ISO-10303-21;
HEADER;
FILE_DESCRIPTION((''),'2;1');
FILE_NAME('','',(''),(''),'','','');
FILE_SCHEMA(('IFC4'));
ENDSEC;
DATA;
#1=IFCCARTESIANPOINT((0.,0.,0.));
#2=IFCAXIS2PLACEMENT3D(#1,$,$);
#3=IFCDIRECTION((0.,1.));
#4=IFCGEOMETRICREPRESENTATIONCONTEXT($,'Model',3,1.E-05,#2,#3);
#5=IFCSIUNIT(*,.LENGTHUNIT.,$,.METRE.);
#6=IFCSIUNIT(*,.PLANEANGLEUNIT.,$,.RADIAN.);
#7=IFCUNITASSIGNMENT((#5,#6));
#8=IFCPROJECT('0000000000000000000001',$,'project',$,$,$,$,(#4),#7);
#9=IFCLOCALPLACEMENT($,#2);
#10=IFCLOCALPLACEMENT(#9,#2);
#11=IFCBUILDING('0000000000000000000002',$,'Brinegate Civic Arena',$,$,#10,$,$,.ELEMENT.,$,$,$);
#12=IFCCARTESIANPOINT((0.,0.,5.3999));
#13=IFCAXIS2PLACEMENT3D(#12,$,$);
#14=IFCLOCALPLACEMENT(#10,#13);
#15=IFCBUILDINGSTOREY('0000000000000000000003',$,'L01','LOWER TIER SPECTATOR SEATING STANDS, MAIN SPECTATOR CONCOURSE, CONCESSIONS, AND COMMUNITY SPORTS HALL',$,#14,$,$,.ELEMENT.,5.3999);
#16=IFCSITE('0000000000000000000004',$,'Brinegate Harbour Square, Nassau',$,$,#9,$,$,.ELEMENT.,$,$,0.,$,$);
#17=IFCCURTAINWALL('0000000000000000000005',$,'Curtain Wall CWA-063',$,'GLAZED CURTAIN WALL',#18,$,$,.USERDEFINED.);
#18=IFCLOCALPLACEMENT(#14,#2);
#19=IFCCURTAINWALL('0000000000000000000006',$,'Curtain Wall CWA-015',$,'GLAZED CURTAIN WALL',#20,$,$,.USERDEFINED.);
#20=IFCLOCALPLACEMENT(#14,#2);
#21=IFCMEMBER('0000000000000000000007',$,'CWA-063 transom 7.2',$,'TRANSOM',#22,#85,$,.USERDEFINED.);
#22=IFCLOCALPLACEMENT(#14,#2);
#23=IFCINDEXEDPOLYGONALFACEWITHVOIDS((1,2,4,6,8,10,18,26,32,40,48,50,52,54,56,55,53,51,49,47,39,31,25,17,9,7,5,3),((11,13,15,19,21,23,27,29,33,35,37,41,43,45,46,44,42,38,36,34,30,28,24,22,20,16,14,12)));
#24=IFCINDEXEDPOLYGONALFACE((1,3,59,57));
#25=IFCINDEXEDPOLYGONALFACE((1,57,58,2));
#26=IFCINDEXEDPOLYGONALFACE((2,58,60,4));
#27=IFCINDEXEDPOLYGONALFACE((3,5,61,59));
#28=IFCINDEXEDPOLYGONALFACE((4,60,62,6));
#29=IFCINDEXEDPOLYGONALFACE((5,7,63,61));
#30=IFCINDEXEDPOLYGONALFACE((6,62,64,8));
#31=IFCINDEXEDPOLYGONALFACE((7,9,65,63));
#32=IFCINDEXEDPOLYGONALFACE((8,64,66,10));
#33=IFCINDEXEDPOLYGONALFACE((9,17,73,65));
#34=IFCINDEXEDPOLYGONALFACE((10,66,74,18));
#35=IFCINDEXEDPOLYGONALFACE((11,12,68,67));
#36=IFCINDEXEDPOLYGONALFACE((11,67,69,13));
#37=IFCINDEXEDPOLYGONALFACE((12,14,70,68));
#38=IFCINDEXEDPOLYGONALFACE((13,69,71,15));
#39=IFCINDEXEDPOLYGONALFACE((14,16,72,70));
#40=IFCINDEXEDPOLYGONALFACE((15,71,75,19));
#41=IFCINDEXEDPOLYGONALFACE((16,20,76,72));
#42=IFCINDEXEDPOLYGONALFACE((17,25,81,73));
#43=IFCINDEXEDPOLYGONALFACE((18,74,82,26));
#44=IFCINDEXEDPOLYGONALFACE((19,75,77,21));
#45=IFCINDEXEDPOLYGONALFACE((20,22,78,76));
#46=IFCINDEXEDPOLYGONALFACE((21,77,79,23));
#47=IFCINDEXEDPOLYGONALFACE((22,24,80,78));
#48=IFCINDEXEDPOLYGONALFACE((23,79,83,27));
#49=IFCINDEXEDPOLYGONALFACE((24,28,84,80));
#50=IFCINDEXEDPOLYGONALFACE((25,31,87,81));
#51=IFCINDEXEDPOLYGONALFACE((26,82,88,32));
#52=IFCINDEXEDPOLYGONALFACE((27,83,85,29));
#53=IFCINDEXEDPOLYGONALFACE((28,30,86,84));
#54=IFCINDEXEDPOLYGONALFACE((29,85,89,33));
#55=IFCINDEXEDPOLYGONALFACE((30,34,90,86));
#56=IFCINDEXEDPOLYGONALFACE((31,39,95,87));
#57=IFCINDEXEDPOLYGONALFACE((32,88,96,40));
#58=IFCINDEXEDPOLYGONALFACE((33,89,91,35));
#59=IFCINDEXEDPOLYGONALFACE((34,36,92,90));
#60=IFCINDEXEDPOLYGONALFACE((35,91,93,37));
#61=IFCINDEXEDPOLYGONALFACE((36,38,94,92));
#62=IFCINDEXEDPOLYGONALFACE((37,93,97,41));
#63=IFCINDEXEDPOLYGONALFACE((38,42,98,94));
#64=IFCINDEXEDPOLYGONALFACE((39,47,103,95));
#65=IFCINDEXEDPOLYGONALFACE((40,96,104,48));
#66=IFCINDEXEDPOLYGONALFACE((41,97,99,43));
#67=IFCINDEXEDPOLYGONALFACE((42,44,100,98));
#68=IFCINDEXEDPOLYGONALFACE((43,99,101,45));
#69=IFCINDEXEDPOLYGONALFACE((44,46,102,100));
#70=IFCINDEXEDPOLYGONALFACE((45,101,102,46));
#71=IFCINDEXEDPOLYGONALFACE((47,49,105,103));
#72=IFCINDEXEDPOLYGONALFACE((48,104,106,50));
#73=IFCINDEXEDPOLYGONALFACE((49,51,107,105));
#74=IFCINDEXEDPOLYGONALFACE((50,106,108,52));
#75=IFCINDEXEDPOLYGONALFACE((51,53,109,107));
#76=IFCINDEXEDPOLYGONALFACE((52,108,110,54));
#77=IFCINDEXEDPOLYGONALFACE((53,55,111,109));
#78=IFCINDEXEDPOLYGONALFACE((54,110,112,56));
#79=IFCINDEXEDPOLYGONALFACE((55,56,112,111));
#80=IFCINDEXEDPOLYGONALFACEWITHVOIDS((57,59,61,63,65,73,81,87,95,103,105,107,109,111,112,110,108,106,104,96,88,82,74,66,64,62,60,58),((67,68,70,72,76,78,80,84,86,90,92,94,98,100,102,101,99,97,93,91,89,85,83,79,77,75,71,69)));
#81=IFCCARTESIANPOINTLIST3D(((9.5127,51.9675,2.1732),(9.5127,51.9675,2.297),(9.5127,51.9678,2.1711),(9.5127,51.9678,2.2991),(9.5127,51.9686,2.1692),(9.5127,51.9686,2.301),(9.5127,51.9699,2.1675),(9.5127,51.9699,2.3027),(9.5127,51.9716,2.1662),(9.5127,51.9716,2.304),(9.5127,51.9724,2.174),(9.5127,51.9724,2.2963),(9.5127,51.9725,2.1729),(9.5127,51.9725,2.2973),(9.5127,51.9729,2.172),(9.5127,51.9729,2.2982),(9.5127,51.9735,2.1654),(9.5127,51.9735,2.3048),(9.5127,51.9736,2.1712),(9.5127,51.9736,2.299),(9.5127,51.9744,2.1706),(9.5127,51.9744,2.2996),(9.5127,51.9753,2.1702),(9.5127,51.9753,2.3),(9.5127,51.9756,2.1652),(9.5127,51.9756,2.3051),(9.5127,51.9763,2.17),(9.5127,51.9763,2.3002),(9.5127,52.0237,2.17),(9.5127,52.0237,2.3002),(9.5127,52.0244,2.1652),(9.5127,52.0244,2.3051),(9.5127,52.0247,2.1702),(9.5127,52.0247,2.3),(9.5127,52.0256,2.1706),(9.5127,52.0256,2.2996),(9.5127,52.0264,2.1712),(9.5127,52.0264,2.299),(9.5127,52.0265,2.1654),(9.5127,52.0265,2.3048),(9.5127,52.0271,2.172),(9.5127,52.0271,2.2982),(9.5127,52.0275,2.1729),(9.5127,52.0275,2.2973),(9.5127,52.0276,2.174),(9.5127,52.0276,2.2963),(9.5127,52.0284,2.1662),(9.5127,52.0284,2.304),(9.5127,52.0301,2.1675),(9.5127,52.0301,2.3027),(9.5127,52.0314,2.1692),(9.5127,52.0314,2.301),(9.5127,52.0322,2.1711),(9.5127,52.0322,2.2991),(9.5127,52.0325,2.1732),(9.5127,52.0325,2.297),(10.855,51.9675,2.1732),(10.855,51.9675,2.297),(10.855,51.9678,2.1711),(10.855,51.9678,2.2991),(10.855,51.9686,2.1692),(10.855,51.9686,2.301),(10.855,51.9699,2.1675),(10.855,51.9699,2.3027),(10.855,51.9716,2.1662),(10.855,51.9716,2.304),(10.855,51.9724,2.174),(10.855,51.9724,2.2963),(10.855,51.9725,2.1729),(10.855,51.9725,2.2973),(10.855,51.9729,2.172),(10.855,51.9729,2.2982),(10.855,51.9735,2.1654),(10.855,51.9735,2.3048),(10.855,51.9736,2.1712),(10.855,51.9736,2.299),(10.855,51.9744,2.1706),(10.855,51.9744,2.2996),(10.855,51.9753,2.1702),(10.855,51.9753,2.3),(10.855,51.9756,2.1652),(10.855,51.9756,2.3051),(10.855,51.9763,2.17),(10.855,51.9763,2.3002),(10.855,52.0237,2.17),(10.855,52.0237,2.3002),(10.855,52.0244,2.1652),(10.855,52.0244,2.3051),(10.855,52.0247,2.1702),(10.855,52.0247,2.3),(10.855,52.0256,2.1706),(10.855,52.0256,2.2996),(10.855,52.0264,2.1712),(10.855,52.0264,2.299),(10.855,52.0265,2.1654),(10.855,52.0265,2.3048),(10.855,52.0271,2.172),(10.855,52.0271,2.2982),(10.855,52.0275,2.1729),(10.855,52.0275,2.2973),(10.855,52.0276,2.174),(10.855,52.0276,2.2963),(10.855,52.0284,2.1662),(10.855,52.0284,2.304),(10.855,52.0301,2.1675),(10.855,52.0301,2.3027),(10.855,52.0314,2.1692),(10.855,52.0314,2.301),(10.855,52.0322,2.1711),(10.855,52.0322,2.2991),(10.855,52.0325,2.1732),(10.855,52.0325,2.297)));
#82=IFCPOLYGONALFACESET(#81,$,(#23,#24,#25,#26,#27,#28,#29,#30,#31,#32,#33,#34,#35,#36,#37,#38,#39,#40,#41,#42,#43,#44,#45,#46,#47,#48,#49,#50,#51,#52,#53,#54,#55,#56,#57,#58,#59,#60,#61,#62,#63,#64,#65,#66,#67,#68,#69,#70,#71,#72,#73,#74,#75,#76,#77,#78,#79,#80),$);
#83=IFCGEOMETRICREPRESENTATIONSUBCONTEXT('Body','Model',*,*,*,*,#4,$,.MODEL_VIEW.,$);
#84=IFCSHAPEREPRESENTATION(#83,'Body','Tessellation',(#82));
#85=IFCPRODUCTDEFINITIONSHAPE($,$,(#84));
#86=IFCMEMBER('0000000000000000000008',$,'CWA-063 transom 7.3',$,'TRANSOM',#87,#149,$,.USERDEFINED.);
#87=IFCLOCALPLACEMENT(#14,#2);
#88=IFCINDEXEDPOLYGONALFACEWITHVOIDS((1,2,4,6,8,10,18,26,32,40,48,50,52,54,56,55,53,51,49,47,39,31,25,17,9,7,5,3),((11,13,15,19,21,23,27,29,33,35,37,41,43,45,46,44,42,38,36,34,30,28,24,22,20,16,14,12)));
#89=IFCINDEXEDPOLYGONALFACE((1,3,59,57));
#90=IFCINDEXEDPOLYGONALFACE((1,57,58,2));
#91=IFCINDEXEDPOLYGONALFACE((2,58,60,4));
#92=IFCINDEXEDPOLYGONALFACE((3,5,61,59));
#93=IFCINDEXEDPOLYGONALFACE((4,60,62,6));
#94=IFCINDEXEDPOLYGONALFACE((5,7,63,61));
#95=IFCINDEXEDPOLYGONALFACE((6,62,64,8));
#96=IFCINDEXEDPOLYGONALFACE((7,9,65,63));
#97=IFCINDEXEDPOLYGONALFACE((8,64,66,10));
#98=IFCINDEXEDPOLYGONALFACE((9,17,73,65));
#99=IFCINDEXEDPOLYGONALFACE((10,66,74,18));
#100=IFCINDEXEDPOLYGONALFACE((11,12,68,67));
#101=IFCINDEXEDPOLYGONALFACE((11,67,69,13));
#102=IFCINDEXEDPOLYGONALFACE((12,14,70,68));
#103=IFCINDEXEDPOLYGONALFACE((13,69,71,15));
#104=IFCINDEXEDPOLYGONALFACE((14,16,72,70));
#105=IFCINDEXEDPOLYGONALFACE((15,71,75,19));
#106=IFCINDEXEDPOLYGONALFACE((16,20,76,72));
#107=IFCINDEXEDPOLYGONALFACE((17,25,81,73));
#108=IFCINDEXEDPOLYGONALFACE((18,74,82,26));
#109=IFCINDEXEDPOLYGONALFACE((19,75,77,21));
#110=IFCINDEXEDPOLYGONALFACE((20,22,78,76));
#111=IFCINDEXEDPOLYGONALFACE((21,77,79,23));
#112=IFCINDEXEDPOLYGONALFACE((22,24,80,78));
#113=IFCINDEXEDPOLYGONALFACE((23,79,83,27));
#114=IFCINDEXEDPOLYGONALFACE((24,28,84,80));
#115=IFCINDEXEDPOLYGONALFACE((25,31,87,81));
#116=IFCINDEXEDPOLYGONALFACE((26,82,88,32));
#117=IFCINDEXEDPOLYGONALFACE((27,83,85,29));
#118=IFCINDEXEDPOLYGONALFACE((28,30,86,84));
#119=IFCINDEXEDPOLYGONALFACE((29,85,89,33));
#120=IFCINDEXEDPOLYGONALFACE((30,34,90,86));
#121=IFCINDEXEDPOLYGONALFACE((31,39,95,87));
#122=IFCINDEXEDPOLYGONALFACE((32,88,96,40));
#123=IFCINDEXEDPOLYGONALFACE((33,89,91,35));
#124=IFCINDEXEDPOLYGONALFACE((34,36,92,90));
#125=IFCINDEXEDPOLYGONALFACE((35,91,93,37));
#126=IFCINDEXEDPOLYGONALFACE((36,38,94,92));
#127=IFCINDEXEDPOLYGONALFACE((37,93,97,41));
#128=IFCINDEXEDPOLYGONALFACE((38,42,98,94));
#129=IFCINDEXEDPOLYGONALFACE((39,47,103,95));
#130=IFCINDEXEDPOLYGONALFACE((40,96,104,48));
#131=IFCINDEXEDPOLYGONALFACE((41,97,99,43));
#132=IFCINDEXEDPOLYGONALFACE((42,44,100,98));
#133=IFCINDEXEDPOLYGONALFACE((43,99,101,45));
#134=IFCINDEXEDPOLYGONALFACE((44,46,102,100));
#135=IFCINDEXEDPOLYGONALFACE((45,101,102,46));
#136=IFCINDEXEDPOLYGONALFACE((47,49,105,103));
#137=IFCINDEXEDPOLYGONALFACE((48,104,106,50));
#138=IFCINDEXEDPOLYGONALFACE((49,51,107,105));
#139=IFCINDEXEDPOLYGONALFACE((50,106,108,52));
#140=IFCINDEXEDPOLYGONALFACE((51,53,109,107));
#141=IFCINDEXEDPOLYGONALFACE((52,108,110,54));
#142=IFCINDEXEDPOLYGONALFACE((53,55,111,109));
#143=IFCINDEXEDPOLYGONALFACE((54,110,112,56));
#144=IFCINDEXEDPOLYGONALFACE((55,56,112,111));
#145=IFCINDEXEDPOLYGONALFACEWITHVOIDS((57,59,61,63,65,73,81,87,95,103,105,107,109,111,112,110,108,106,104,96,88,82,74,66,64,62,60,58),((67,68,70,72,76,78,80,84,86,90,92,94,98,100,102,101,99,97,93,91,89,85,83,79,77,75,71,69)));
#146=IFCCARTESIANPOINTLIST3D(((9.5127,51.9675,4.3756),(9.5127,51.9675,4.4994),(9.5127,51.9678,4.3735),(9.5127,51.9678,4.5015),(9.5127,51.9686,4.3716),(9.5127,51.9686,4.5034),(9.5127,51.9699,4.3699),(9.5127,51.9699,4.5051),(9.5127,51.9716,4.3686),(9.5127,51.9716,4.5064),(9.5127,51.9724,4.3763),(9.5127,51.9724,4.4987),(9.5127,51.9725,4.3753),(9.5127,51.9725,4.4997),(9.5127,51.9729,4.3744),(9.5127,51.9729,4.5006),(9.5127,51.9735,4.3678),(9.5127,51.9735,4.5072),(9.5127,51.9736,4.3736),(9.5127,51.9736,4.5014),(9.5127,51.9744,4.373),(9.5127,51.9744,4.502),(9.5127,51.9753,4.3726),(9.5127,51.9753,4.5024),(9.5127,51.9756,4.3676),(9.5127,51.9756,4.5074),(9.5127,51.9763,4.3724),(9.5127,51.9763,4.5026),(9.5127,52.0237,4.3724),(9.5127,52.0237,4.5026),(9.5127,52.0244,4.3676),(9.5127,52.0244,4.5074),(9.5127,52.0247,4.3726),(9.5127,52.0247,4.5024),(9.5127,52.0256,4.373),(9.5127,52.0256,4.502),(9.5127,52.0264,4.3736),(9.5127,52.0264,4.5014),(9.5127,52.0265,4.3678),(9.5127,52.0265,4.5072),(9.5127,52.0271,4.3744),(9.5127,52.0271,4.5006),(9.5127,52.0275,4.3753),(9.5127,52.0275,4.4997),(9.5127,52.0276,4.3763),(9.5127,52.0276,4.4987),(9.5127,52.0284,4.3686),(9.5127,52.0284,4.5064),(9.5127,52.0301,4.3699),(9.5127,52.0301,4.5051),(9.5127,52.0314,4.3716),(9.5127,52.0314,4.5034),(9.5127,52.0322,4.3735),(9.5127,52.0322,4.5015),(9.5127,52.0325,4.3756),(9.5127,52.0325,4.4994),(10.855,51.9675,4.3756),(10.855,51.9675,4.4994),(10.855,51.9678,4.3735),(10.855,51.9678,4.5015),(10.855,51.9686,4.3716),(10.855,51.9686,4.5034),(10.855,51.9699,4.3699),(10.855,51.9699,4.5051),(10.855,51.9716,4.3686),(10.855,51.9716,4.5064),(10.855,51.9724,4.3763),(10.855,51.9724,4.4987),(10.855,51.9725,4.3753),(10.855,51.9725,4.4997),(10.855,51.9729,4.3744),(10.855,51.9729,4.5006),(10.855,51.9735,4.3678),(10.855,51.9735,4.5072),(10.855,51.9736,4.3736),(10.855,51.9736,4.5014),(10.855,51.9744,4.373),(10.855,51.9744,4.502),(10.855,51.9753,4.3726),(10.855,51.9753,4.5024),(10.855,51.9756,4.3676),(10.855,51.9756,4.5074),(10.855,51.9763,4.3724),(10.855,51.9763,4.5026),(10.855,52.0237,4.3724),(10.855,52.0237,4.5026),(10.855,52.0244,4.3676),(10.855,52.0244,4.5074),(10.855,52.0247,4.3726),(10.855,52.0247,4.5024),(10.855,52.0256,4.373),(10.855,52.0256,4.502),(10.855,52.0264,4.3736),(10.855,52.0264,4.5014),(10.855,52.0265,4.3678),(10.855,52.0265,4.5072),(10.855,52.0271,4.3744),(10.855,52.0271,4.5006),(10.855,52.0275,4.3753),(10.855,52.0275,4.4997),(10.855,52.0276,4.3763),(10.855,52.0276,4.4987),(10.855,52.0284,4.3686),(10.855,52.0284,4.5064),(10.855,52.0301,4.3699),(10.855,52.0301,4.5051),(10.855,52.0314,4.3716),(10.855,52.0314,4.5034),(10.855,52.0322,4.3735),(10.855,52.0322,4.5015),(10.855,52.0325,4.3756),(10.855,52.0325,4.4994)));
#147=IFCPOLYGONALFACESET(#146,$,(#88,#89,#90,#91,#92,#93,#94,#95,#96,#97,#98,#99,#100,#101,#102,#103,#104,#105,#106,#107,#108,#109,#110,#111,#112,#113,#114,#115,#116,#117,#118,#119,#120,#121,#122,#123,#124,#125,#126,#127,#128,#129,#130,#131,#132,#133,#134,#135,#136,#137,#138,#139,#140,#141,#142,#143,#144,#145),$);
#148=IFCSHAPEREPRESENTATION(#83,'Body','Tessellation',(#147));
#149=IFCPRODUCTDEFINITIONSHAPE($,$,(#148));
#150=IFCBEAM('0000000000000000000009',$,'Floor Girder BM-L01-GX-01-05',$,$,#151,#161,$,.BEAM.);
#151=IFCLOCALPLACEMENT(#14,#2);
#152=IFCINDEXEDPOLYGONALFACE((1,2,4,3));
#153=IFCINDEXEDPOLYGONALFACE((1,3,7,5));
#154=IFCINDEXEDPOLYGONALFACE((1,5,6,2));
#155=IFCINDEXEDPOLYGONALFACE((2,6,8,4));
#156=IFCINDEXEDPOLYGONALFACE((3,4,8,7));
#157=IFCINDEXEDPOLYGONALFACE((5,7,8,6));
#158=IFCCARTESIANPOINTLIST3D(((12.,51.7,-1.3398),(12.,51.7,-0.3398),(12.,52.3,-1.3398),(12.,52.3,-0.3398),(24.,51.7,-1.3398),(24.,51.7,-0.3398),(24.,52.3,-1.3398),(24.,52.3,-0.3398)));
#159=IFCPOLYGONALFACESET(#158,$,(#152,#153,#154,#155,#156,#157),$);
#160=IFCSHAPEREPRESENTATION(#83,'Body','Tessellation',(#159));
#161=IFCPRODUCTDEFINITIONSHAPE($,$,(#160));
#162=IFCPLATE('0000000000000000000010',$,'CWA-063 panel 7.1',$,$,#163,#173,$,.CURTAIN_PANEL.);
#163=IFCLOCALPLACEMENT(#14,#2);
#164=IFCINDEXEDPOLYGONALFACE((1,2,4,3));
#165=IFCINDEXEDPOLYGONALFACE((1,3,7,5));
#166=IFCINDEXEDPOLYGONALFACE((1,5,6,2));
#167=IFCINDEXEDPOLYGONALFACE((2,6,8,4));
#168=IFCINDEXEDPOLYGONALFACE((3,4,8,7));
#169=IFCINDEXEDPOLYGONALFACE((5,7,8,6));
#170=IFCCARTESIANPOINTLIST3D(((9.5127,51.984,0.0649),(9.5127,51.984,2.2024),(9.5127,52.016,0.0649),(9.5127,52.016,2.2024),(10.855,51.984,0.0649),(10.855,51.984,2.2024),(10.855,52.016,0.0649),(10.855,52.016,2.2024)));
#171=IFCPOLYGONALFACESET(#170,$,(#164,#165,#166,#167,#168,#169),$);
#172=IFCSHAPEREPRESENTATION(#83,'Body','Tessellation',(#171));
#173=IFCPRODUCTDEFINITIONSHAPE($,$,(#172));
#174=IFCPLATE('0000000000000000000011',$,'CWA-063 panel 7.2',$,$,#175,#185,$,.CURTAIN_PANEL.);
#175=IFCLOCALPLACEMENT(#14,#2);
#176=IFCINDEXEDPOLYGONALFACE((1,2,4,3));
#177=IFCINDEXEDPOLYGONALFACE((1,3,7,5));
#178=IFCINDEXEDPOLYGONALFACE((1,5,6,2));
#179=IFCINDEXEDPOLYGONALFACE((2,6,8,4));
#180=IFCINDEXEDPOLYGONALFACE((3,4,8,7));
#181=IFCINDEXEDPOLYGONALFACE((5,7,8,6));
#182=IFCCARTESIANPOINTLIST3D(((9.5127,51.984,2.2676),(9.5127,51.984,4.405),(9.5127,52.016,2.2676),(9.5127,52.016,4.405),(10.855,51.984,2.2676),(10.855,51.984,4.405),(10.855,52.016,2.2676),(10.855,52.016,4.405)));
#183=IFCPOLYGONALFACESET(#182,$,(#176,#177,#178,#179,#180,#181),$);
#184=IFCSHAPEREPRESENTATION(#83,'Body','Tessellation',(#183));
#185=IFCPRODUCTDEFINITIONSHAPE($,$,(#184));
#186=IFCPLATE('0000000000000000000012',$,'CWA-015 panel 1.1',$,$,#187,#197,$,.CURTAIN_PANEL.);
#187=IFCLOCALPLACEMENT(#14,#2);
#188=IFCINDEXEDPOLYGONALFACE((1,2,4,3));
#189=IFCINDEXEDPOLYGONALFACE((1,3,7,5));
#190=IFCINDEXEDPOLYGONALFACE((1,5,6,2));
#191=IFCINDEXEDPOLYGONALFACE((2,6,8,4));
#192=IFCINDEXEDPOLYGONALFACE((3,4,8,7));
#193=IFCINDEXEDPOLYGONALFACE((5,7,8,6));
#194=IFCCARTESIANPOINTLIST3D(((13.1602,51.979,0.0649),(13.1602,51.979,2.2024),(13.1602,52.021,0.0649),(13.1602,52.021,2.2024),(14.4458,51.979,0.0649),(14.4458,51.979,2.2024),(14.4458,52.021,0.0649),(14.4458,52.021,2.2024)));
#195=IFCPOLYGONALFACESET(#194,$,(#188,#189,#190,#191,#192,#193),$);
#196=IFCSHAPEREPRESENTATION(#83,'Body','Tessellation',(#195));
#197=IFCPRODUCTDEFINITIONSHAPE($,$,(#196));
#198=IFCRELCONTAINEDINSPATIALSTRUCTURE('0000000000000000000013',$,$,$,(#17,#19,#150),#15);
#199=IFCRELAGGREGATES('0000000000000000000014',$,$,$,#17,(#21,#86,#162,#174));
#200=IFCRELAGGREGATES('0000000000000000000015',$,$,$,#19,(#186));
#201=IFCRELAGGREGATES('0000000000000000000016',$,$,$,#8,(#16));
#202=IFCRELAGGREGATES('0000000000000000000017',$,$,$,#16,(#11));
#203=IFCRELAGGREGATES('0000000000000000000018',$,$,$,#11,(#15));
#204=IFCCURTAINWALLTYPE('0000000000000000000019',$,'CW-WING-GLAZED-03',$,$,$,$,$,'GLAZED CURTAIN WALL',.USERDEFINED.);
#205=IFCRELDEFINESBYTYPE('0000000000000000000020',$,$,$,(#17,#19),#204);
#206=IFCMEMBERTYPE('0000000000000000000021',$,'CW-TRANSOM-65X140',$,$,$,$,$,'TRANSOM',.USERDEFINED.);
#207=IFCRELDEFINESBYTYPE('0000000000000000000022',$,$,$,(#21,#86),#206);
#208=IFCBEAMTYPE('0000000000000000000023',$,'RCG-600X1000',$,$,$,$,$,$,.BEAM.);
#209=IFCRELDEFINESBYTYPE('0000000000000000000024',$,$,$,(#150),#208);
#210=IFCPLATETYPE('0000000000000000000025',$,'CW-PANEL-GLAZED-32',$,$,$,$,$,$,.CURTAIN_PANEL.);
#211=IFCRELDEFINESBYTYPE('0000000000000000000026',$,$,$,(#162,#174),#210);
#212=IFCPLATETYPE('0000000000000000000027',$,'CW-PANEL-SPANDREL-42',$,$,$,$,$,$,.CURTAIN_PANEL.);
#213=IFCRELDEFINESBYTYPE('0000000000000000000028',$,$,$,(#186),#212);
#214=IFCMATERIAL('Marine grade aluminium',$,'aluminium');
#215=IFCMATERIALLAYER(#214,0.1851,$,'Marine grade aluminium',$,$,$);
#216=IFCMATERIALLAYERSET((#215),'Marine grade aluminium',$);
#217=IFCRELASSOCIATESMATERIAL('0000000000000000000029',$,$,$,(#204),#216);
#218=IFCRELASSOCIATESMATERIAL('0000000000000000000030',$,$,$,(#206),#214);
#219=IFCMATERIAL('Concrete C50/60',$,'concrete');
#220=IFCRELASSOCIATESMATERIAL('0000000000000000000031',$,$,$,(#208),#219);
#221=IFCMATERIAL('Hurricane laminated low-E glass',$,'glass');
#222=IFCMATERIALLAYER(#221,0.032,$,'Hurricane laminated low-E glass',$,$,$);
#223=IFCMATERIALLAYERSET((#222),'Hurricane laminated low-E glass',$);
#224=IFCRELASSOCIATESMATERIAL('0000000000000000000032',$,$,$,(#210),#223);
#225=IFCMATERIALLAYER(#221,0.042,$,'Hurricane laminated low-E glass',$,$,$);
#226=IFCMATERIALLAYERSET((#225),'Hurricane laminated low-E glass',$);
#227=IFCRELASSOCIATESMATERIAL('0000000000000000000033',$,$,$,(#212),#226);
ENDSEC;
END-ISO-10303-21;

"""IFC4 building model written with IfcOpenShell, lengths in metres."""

from ifc_helpers import new_model, si_unit, direction, frame, origin, origin_2d, place, context, subcontext, project, spatial, rectangle, hollow_rectangle, extrude, material, layer, layer_set, material_profile, profile_set, type_object, element, aggregate, save


model = new_model("IFC4")

# Units and contexts
model_context = context("Model", 3, precision=1e-05, world=origin(), true_north=direction((0.0, 1.0)))
body_context = subcontext(model_context, "Body", "Model", "MODEL_VIEW")
ifc_project = project(units=[si_unit("LENGTHUNIT", "METRE"), si_unit("PLANEANGLEUNIT", "RADIAN")], contexts=[model_context])

# Site, building, storey
site_placement = place(None, origin())
site = spatial("IfcSite", under=ifc_project, at=site_placement, Name="Brinegate Harbour Square, Nassau", CompositionType="ELEMENT", RefElevation=0.0)
building_placement = place(site_placement, origin())
building = spatial("IfcBuilding", under=site, at=building_placement, Name="Brinegate Civic Arena", CompositionType="ELEMENT")
storey_placement = place(building_placement, frame((0.0, 0.0, 5.3999)))
storey = spatial("IfcBuildingStorey", under=building, at=storey_placement, Name="L01", Description="LOWER TIER SPECTATOR SEATING STANDS, MAIN SPECTATOR CONCOURSE, CONCESSIONS, AND COMMUNITY SPORTS HALL", CompositionType="ELEMENT", Elevation=5.3999)

# Shared definitions
ifc_material_1 = material(Name="Concrete C50/60", Category="concrete")

# Curtain wall
ifc_material_2 = material(Name="Marine grade aluminium", Category="aluminium")
ifc_layer_1 = layer(ifc_material_2, 0.1851, Name="Marine grade aluminium")
ifc_layer_set_1 = layer_set([ifc_layer_1], Name="Marine grade aluminium")
curtain_wall_type = type_object("IfcCurtainWallType", Name="CW-WING-GLAZED-03", ElementType="GLAZED CURTAIN WALL", PredefinedType="USERDEFINED", material=ifc_layer_set_1)
curtain_wall_1_placement = place(storey_placement, origin())
curtain_wall_1 = element("IfcCurtainWall", 1, at=curtain_wall_1_placement, inside=storey, type_object=curtain_wall_type, Name="Curtain Wall CWA-063", ObjectType="GLAZED CURTAIN WALL", PredefinedType="USERDEFINED")

# Curtain wall
curtain_wall_2_placement = place(storey_placement, origin())
curtain_wall_2 = element("IfcCurtainWall", 2, at=curtain_wall_2_placement, inside=storey, type_object=curtain_wall_type, Name="Curtain Wall CWA-015", ObjectType="GLAZED CURTAIN WALL", PredefinedType="USERDEFINED")
ifc_material_profile_1 = material_profile(ifc_material_2, hollow_rectangle(XDim=0.0649, YDim=0.1399, WallThickness=0.0049, InnerFilletRadius=0.0039, OuterFilletRadius=0.0081, at=origin_2d()), Name="TRN65X140")
ifc_profile_set_1 = profile_set([ifc_material_profile_1], Name="Marine grade aluminium")
member_type_1 = type_object("IfcMemberType", Name="CW-TRANSOM-65X140", ElementType="TRANSOM", PredefinedType="USERDEFINED", material=ifc_profile_set_1)

# Members
member_1_placement = place(storey_placement, frame((9.5127, 52.0, 2.2351), z_axis=(1.0, 0.0, 0.0), x_axis=(0.0, 1.0, 0.0)))
member_1 = element("IfcMember", 3, at=member_1_placement, type_object=member_type_1, Name="CWA-063 transom 7.2", ObjectType="TRANSOM", PredefinedType="USERDEFINED", context=body_context, shape_type="SweptSolid", body=[
    extrude(hollow_rectangle(XDim=0.0649, YDim=0.1399, WallThickness=0.0049, InnerFilletRadius=0.0039, OuterFilletRadius=0.0081, at=origin_2d()), origin(), (0.0, 0.0, 1.0), 1.3423),
])
member_2_placement = place(storey_placement, frame((9.5127, 52.0, 4.4375), z_axis=(1.0, 0.0, 0.0), x_axis=(0.0, 1.0, 0.0)))
member_2 = element("IfcMember", 4, at=member_2_placement, type_object=member_type_1, Name="CWA-063 transom 7.3", ObjectType="TRANSOM", PredefinedType="USERDEFINED", context=body_context, shape_type="SweptSolid", body=[
    extrude(hollow_rectangle(XDim=0.0649, YDim=0.1399, WallThickness=0.0049, InnerFilletRadius=0.0039, OuterFilletRadius=0.0081, at=origin_2d()), origin(), (0.0, 0.0, 1.0), 1.3423),
])

# Beam
ifc_material_profile_2 = material_profile(ifc_material_1, rectangle(XDim=0.6001, YDim=1.0, at=origin_2d()), Name="RCB600X1000")
ifc_profile_set_2 = profile_set([ifc_material_profile_2], Name="Concrete C50/60")
beam_type = type_object("IfcBeamType", Name="RCG-600X1000", PredefinedType="BEAM", material=ifc_profile_set_2)
beam_placement = place(storey_placement, frame((12.0, 52.0, -0.8398), z_axis=(1.0, 0.0, 0.0), x_axis=(0.0, 1.0, 0.0)))
element("IfcBeam", 5, at=beam_placement, inside=storey, type_object=beam_type, Name="Floor Girder BM-L01-GX-01-05", PredefinedType="BEAM", context=body_context, shape_type="SweptSolid", body=[
    extrude(rectangle(XDim=0.6001, YDim=1.0, at=origin_2d()), origin(), (0.0, 0.0, 1.0), 12.0),
])

# Plates
ifc_material_3 = material(Name="Hurricane laminated low-E glass", Category="glass")
ifc_layer_2 = layer(ifc_material_3, 0.032, Name="Hurricane laminated low-E glass")
ifc_layer_set_2 = layer_set([ifc_layer_2], Name="Hurricane laminated low-E glass")
plate_type_1 = type_object("IfcPlateType", Name="CW-PANEL-GLAZED-32", PredefinedType="CURTAIN_PANEL", material=ifc_layer_set_2)
plate_1_placement = place(storey_placement, frame((10.1838, 52.0, 0.0649), z_axis=(0.0, 0.0, 1.0), x_axis=(1.0, 0.0, 0.0)))
plate_1 = element("IfcPlate", 6, at=plate_1_placement, type_object=plate_type_1, Name="CWA-063 panel 7.1", PredefinedType="CURTAIN_PANEL", context=body_context, shape_type="SweptSolid", body=[
    extrude(rectangle(XDim=1.3423, YDim=0.032, at=origin_2d()), origin(), (0.0, 0.0, 1.0), 2.1375),
])
plate_2_placement = place(storey_placement, frame((10.1838, 52.0, 2.2676), z_axis=(0.0, 0.0, 1.0), x_axis=(1.0, 0.0, 0.0)))
plate_2 = element("IfcPlate", 7, at=plate_2_placement, type_object=plate_type_1, Name="CWA-063 panel 7.2", PredefinedType="CURTAIN_PANEL", context=body_context, shape_type="SweptSolid", body=[
    extrude(rectangle(XDim=1.3423, YDim=0.032, at=origin_2d()), origin(), (0.0, 0.0, 1.0), 2.1375),
])
aggregate(curtain_wall_1, [member_1, member_2, plate_1, plate_2])
ifc_layer_3 = layer(ifc_material_3, 0.042, Name="Hurricane laminated low-E glass")
ifc_layer_set_3 = layer_set([ifc_layer_3], Name="Hurricane laminated low-E glass")
plate_type_2 = type_object("IfcPlateType", Name="CW-PANEL-SPANDREL-42", PredefinedType="CURTAIN_PANEL", material=ifc_layer_set_3)
plate_3_placement = place(storey_placement, frame((13.803, 52.0, 0.0649), z_axis=(0.0, 0.0, 1.0), x_axis=(1.0, 0.0, 0.0)))
plate_3 = element("IfcPlate", 8, at=plate_3_placement, type_object=plate_type_2, Name="CWA-015 panel 1.1", PredefinedType="CURTAIN_PANEL", context=body_context, shape_type="SweptSolid", body=[
    extrude(rectangle(XDim=1.2856, YDim=0.042, at=origin_2d()), origin(), (0.0, 0.0, 1.0), 2.1375),
])
aggregate(curtain_wall_2, [plate_3])

save(model, "model.ifc")
